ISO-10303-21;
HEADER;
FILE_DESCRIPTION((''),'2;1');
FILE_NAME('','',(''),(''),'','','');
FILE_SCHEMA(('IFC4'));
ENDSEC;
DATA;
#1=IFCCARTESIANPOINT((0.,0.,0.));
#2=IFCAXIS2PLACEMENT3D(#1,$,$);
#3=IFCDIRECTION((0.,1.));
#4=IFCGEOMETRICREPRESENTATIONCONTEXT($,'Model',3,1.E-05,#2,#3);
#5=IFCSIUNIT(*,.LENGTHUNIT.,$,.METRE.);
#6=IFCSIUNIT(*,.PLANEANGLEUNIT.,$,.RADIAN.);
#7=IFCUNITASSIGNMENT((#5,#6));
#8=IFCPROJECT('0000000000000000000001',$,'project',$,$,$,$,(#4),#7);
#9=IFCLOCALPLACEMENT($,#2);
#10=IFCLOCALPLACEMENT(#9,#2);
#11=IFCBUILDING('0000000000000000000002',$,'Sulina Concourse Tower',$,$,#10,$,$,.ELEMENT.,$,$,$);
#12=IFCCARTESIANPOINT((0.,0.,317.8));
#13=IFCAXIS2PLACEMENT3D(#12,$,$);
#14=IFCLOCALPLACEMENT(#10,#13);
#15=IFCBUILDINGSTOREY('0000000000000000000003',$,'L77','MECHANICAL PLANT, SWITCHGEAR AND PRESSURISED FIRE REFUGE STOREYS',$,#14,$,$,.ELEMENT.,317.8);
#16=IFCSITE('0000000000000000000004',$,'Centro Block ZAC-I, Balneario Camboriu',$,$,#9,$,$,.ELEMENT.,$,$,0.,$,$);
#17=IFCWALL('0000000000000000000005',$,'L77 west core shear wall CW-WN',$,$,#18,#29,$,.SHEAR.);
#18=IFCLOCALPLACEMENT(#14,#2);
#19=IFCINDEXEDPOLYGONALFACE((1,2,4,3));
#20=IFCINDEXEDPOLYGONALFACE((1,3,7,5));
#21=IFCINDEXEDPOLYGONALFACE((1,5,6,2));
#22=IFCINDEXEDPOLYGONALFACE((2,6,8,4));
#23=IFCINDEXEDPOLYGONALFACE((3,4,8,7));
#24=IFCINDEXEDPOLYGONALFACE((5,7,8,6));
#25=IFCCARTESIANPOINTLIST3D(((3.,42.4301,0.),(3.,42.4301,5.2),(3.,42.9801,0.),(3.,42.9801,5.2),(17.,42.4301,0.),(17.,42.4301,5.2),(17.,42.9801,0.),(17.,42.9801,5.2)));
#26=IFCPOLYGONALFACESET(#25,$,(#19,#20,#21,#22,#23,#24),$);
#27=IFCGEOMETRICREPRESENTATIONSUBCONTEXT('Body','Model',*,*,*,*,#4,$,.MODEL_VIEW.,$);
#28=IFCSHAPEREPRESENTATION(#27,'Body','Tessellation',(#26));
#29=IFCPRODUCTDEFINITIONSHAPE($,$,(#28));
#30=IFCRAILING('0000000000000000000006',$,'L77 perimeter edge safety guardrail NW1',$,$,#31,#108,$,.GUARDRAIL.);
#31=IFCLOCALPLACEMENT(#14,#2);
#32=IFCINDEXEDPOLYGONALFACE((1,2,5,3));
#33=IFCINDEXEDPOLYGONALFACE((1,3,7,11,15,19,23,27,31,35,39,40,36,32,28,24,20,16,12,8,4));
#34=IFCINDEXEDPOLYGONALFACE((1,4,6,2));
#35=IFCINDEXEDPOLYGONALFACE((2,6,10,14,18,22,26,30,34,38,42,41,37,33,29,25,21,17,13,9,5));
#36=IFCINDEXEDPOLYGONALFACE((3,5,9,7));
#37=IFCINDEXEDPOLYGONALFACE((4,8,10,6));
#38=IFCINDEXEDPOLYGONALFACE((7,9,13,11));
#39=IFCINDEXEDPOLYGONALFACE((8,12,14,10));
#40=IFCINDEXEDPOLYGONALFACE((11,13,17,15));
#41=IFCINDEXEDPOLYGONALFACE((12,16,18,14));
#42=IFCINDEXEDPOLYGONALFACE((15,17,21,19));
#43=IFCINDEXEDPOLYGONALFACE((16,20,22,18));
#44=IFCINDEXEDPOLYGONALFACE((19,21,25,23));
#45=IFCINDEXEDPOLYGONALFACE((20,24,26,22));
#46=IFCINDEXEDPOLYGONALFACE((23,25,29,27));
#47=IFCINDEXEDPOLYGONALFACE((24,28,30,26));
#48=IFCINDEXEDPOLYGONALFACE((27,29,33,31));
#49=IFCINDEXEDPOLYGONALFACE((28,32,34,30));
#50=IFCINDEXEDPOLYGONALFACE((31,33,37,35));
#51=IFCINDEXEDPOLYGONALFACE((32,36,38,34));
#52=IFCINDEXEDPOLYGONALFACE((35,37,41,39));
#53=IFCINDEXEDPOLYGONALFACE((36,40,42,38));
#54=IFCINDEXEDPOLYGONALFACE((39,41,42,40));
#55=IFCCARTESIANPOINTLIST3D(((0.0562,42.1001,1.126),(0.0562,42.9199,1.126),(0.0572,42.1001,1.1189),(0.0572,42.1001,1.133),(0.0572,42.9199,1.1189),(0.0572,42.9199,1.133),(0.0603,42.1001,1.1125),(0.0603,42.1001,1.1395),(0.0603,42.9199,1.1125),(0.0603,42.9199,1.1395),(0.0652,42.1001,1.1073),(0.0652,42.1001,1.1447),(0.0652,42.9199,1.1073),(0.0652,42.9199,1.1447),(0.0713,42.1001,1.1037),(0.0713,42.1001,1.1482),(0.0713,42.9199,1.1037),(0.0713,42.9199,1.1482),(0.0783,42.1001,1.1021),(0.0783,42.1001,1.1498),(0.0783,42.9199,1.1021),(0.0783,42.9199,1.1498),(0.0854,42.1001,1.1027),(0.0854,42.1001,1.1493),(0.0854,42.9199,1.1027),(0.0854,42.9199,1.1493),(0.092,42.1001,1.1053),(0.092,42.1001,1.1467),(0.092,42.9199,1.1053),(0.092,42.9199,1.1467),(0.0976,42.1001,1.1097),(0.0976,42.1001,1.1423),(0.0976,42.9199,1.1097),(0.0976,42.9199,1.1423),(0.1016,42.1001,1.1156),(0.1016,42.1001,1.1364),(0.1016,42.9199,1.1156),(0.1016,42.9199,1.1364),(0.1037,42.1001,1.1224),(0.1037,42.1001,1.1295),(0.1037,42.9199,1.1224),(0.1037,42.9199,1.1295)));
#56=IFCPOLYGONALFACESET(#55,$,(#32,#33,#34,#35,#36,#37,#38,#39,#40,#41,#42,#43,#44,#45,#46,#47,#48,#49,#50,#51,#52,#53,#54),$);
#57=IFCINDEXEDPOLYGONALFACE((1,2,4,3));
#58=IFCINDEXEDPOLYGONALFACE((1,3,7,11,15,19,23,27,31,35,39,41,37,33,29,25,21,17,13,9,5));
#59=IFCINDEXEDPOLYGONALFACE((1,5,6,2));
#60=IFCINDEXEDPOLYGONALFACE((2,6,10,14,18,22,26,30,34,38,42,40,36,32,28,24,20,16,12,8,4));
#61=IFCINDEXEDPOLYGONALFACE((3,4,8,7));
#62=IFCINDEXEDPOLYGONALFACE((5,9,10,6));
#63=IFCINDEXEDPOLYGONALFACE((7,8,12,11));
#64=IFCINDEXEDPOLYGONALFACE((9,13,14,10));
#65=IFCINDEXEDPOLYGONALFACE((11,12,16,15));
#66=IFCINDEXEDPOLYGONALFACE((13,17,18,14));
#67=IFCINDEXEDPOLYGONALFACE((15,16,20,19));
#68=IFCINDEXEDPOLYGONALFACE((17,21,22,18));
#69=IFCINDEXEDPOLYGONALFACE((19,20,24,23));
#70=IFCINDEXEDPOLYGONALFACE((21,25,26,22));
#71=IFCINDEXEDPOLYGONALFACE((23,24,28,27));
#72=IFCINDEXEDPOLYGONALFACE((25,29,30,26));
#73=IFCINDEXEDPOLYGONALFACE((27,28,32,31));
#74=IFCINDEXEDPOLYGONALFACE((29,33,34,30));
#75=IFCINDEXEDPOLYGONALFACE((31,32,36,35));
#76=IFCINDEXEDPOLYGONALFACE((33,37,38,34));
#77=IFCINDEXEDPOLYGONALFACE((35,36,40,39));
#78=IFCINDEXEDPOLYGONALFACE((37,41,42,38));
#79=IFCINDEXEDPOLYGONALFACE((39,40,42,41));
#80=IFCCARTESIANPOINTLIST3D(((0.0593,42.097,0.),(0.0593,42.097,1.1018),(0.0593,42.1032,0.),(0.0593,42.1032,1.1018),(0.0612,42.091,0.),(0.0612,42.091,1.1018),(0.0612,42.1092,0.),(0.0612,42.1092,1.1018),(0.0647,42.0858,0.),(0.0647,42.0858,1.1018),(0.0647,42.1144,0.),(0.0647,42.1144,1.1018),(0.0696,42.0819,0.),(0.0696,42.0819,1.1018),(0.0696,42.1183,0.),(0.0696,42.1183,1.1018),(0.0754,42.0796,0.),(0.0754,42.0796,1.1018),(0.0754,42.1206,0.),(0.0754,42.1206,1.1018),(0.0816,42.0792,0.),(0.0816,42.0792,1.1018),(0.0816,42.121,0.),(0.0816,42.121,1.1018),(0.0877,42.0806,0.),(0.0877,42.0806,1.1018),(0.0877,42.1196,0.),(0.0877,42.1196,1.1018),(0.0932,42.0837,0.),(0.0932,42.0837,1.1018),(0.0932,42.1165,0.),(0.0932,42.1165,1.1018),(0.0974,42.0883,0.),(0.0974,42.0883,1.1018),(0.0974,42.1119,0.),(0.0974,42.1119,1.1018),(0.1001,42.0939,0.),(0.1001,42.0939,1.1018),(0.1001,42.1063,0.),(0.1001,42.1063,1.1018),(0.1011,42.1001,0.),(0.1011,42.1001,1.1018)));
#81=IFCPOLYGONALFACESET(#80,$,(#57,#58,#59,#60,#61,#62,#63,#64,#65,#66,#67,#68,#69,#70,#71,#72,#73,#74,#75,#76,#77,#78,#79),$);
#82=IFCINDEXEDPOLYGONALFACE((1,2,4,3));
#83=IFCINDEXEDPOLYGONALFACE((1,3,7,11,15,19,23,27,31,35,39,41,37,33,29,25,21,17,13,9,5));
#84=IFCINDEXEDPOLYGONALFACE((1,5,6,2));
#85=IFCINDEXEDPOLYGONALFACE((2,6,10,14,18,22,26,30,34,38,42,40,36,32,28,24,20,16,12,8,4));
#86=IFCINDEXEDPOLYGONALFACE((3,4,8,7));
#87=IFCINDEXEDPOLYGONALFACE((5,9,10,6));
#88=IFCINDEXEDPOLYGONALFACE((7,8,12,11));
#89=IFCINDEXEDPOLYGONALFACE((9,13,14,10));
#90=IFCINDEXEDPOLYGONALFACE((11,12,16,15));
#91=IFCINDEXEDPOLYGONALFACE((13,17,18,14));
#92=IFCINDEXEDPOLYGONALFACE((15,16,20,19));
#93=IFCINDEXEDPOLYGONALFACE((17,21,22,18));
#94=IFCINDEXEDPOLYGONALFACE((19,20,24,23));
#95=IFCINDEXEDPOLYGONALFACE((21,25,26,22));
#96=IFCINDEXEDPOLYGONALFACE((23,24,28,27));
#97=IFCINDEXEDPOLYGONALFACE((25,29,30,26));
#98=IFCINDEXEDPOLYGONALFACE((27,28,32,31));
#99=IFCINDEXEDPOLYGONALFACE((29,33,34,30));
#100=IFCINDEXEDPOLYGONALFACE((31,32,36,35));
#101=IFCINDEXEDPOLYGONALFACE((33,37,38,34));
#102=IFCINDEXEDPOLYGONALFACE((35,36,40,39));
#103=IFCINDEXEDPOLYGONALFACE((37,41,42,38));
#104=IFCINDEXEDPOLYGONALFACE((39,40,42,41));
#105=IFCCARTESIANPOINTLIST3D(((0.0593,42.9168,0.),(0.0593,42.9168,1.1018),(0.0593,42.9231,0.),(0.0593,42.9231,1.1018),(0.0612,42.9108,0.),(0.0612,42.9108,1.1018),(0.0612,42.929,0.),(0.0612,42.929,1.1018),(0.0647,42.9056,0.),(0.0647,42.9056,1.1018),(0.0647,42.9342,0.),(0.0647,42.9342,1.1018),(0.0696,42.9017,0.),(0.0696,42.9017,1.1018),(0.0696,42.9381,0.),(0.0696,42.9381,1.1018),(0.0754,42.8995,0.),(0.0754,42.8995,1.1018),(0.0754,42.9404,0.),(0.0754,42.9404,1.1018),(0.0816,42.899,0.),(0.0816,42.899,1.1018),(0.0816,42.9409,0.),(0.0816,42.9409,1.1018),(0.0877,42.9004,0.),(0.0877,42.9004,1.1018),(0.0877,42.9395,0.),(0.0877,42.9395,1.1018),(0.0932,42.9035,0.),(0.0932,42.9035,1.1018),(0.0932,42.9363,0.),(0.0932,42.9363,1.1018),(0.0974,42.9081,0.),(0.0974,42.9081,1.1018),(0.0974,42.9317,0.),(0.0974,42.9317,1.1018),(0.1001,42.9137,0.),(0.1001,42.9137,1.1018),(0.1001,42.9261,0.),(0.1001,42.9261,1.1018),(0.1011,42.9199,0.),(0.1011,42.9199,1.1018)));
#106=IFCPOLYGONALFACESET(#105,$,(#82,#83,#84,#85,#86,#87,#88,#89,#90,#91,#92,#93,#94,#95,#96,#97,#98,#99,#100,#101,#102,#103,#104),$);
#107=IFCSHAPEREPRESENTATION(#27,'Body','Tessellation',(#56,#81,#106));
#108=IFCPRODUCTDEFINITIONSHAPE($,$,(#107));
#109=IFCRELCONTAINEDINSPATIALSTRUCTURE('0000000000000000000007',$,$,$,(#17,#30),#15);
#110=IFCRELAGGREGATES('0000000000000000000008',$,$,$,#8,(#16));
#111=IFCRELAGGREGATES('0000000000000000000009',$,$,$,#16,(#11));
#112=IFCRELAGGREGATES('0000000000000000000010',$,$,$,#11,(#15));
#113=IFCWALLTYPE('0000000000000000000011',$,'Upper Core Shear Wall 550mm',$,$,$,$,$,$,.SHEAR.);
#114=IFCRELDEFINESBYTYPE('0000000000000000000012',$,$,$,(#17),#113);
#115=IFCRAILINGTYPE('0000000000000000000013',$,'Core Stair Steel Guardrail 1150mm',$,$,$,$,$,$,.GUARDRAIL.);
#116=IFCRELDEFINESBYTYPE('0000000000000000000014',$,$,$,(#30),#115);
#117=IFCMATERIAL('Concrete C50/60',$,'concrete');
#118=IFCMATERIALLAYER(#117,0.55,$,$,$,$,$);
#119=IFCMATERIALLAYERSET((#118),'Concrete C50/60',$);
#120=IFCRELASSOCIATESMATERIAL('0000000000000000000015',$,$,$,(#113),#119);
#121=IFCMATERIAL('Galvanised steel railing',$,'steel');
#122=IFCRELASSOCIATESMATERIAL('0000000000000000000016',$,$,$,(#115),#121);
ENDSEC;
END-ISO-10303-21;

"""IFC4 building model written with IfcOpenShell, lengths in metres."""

from ifc_helpers import new_model, si_unit, direction, frame, frame_2d, origin, origin_2d, place, context, subcontext, project, spatial, rectangle, circle, extrude, material, layer, layer_set, type_object, element, save


model = new_model("IFC4")

# Units and contexts
model_context = context("Model", 3, precision=1e-05, world=origin(), true_north=direction((0.0, 1.0)))
body_context = subcontext(model_context, "Body", "Model", "MODEL_VIEW")
ifc_project = project(units=[si_unit("LENGTHUNIT", "METRE"), si_unit("PLANEANGLEUNIT", "RADIAN")], contexts=[model_context])

# Site, building, storey
site_placement = place(None, origin())
site = spatial("IfcSite", under=ifc_project, at=site_placement, Name="Centro Block ZAC-I, Balneario Camboriu", CompositionType="ELEMENT", RefElevation=0.0)
building_placement = place(site_placement, origin())
building = spatial("IfcBuilding", under=site, at=building_placement, Name="Sulina Concourse Tower", CompositionType="ELEMENT")
storey_placement = place(building_placement, frame((0.0, 0.0, 317.8)))
storey = spatial("IfcBuildingStorey", under=building, at=storey_placement, Name="L77", Description="MECHANICAL PLANT, SWITCHGEAR AND PRESSURISED FIRE REFUGE STOREYS", CompositionType="ELEMENT", Elevation=317.8)

# Wall
ifc_material_1 = material(Name="Concrete C50/60", Category="concrete")
ifc_layer_1 = layer(ifc_material_1, 0.55)
ifc_layer_set_1 = layer_set([ifc_layer_1], Name="Concrete C50/60")
wall_type_1 = type_object("IfcWallType", Name="Upper Core Shear Wall 550mm", PredefinedType="SHEAR", material=ifc_layer_set_1)
wall_1_placement = place(storey_placement, frame((3.0, 42.7051, 0.0), z_axis=(0.0, 0.0, 1.0), x_axis=(1.0, 0.0, 0.0)))
element("IfcWall", 1, at=wall_1_placement, inside=storey, type_object=wall_type_1, Name="L77 west core shear wall CW-WN", PredefinedType="SHEAR", context=body_context, shape_type="SweptSolid", body=[
    extrude(rectangle(XDim=14.0, YDim=0.55, at=frame_2d((7.0, 0.0))), origin(), (0.0, 0.0, 1.0), 5.2),
])

# Railing
ifc_material_2 = material(Name="Galvanised steel railing", Category="steel")
railing_type = type_object("IfcRailingType", Name="Core Stair Steel Guardrail 1150mm", PredefinedType="GUARDRAIL", material=ifc_material_2)
railing_1_placement = place(storey_placement, frame((0.0801, 42.1001, 0.0)))
element("IfcRailing", 2, at=railing_1_placement, inside=storey, type_object=railing_type, Name="L77 perimeter edge safety guardrail NW1", PredefinedType="GUARDRAIL", context=body_context, shape_type="SweptSolid", body=[
    extrude(circle(Radius=0.0239, at=origin_2d()), frame((0.0, 0.0, 1.126), z_axis=(0.0, 1.0, 0.0), x_axis=(-1.0, 0.0, 0.0)), (0.0, 0.0, 1.0), 0.8198),
    extrude(circle(Radius=0.021, at=origin_2d()), origin(), (0.0, 0.0, 1.0), 1.1018),
    extrude(circle(Radius=0.021, at=origin_2d()), frame((0.0, 0.8198, 0.0)), (0.0, 0.0, 1.0), 1.1018),
])

save(model, "model.ifc")
